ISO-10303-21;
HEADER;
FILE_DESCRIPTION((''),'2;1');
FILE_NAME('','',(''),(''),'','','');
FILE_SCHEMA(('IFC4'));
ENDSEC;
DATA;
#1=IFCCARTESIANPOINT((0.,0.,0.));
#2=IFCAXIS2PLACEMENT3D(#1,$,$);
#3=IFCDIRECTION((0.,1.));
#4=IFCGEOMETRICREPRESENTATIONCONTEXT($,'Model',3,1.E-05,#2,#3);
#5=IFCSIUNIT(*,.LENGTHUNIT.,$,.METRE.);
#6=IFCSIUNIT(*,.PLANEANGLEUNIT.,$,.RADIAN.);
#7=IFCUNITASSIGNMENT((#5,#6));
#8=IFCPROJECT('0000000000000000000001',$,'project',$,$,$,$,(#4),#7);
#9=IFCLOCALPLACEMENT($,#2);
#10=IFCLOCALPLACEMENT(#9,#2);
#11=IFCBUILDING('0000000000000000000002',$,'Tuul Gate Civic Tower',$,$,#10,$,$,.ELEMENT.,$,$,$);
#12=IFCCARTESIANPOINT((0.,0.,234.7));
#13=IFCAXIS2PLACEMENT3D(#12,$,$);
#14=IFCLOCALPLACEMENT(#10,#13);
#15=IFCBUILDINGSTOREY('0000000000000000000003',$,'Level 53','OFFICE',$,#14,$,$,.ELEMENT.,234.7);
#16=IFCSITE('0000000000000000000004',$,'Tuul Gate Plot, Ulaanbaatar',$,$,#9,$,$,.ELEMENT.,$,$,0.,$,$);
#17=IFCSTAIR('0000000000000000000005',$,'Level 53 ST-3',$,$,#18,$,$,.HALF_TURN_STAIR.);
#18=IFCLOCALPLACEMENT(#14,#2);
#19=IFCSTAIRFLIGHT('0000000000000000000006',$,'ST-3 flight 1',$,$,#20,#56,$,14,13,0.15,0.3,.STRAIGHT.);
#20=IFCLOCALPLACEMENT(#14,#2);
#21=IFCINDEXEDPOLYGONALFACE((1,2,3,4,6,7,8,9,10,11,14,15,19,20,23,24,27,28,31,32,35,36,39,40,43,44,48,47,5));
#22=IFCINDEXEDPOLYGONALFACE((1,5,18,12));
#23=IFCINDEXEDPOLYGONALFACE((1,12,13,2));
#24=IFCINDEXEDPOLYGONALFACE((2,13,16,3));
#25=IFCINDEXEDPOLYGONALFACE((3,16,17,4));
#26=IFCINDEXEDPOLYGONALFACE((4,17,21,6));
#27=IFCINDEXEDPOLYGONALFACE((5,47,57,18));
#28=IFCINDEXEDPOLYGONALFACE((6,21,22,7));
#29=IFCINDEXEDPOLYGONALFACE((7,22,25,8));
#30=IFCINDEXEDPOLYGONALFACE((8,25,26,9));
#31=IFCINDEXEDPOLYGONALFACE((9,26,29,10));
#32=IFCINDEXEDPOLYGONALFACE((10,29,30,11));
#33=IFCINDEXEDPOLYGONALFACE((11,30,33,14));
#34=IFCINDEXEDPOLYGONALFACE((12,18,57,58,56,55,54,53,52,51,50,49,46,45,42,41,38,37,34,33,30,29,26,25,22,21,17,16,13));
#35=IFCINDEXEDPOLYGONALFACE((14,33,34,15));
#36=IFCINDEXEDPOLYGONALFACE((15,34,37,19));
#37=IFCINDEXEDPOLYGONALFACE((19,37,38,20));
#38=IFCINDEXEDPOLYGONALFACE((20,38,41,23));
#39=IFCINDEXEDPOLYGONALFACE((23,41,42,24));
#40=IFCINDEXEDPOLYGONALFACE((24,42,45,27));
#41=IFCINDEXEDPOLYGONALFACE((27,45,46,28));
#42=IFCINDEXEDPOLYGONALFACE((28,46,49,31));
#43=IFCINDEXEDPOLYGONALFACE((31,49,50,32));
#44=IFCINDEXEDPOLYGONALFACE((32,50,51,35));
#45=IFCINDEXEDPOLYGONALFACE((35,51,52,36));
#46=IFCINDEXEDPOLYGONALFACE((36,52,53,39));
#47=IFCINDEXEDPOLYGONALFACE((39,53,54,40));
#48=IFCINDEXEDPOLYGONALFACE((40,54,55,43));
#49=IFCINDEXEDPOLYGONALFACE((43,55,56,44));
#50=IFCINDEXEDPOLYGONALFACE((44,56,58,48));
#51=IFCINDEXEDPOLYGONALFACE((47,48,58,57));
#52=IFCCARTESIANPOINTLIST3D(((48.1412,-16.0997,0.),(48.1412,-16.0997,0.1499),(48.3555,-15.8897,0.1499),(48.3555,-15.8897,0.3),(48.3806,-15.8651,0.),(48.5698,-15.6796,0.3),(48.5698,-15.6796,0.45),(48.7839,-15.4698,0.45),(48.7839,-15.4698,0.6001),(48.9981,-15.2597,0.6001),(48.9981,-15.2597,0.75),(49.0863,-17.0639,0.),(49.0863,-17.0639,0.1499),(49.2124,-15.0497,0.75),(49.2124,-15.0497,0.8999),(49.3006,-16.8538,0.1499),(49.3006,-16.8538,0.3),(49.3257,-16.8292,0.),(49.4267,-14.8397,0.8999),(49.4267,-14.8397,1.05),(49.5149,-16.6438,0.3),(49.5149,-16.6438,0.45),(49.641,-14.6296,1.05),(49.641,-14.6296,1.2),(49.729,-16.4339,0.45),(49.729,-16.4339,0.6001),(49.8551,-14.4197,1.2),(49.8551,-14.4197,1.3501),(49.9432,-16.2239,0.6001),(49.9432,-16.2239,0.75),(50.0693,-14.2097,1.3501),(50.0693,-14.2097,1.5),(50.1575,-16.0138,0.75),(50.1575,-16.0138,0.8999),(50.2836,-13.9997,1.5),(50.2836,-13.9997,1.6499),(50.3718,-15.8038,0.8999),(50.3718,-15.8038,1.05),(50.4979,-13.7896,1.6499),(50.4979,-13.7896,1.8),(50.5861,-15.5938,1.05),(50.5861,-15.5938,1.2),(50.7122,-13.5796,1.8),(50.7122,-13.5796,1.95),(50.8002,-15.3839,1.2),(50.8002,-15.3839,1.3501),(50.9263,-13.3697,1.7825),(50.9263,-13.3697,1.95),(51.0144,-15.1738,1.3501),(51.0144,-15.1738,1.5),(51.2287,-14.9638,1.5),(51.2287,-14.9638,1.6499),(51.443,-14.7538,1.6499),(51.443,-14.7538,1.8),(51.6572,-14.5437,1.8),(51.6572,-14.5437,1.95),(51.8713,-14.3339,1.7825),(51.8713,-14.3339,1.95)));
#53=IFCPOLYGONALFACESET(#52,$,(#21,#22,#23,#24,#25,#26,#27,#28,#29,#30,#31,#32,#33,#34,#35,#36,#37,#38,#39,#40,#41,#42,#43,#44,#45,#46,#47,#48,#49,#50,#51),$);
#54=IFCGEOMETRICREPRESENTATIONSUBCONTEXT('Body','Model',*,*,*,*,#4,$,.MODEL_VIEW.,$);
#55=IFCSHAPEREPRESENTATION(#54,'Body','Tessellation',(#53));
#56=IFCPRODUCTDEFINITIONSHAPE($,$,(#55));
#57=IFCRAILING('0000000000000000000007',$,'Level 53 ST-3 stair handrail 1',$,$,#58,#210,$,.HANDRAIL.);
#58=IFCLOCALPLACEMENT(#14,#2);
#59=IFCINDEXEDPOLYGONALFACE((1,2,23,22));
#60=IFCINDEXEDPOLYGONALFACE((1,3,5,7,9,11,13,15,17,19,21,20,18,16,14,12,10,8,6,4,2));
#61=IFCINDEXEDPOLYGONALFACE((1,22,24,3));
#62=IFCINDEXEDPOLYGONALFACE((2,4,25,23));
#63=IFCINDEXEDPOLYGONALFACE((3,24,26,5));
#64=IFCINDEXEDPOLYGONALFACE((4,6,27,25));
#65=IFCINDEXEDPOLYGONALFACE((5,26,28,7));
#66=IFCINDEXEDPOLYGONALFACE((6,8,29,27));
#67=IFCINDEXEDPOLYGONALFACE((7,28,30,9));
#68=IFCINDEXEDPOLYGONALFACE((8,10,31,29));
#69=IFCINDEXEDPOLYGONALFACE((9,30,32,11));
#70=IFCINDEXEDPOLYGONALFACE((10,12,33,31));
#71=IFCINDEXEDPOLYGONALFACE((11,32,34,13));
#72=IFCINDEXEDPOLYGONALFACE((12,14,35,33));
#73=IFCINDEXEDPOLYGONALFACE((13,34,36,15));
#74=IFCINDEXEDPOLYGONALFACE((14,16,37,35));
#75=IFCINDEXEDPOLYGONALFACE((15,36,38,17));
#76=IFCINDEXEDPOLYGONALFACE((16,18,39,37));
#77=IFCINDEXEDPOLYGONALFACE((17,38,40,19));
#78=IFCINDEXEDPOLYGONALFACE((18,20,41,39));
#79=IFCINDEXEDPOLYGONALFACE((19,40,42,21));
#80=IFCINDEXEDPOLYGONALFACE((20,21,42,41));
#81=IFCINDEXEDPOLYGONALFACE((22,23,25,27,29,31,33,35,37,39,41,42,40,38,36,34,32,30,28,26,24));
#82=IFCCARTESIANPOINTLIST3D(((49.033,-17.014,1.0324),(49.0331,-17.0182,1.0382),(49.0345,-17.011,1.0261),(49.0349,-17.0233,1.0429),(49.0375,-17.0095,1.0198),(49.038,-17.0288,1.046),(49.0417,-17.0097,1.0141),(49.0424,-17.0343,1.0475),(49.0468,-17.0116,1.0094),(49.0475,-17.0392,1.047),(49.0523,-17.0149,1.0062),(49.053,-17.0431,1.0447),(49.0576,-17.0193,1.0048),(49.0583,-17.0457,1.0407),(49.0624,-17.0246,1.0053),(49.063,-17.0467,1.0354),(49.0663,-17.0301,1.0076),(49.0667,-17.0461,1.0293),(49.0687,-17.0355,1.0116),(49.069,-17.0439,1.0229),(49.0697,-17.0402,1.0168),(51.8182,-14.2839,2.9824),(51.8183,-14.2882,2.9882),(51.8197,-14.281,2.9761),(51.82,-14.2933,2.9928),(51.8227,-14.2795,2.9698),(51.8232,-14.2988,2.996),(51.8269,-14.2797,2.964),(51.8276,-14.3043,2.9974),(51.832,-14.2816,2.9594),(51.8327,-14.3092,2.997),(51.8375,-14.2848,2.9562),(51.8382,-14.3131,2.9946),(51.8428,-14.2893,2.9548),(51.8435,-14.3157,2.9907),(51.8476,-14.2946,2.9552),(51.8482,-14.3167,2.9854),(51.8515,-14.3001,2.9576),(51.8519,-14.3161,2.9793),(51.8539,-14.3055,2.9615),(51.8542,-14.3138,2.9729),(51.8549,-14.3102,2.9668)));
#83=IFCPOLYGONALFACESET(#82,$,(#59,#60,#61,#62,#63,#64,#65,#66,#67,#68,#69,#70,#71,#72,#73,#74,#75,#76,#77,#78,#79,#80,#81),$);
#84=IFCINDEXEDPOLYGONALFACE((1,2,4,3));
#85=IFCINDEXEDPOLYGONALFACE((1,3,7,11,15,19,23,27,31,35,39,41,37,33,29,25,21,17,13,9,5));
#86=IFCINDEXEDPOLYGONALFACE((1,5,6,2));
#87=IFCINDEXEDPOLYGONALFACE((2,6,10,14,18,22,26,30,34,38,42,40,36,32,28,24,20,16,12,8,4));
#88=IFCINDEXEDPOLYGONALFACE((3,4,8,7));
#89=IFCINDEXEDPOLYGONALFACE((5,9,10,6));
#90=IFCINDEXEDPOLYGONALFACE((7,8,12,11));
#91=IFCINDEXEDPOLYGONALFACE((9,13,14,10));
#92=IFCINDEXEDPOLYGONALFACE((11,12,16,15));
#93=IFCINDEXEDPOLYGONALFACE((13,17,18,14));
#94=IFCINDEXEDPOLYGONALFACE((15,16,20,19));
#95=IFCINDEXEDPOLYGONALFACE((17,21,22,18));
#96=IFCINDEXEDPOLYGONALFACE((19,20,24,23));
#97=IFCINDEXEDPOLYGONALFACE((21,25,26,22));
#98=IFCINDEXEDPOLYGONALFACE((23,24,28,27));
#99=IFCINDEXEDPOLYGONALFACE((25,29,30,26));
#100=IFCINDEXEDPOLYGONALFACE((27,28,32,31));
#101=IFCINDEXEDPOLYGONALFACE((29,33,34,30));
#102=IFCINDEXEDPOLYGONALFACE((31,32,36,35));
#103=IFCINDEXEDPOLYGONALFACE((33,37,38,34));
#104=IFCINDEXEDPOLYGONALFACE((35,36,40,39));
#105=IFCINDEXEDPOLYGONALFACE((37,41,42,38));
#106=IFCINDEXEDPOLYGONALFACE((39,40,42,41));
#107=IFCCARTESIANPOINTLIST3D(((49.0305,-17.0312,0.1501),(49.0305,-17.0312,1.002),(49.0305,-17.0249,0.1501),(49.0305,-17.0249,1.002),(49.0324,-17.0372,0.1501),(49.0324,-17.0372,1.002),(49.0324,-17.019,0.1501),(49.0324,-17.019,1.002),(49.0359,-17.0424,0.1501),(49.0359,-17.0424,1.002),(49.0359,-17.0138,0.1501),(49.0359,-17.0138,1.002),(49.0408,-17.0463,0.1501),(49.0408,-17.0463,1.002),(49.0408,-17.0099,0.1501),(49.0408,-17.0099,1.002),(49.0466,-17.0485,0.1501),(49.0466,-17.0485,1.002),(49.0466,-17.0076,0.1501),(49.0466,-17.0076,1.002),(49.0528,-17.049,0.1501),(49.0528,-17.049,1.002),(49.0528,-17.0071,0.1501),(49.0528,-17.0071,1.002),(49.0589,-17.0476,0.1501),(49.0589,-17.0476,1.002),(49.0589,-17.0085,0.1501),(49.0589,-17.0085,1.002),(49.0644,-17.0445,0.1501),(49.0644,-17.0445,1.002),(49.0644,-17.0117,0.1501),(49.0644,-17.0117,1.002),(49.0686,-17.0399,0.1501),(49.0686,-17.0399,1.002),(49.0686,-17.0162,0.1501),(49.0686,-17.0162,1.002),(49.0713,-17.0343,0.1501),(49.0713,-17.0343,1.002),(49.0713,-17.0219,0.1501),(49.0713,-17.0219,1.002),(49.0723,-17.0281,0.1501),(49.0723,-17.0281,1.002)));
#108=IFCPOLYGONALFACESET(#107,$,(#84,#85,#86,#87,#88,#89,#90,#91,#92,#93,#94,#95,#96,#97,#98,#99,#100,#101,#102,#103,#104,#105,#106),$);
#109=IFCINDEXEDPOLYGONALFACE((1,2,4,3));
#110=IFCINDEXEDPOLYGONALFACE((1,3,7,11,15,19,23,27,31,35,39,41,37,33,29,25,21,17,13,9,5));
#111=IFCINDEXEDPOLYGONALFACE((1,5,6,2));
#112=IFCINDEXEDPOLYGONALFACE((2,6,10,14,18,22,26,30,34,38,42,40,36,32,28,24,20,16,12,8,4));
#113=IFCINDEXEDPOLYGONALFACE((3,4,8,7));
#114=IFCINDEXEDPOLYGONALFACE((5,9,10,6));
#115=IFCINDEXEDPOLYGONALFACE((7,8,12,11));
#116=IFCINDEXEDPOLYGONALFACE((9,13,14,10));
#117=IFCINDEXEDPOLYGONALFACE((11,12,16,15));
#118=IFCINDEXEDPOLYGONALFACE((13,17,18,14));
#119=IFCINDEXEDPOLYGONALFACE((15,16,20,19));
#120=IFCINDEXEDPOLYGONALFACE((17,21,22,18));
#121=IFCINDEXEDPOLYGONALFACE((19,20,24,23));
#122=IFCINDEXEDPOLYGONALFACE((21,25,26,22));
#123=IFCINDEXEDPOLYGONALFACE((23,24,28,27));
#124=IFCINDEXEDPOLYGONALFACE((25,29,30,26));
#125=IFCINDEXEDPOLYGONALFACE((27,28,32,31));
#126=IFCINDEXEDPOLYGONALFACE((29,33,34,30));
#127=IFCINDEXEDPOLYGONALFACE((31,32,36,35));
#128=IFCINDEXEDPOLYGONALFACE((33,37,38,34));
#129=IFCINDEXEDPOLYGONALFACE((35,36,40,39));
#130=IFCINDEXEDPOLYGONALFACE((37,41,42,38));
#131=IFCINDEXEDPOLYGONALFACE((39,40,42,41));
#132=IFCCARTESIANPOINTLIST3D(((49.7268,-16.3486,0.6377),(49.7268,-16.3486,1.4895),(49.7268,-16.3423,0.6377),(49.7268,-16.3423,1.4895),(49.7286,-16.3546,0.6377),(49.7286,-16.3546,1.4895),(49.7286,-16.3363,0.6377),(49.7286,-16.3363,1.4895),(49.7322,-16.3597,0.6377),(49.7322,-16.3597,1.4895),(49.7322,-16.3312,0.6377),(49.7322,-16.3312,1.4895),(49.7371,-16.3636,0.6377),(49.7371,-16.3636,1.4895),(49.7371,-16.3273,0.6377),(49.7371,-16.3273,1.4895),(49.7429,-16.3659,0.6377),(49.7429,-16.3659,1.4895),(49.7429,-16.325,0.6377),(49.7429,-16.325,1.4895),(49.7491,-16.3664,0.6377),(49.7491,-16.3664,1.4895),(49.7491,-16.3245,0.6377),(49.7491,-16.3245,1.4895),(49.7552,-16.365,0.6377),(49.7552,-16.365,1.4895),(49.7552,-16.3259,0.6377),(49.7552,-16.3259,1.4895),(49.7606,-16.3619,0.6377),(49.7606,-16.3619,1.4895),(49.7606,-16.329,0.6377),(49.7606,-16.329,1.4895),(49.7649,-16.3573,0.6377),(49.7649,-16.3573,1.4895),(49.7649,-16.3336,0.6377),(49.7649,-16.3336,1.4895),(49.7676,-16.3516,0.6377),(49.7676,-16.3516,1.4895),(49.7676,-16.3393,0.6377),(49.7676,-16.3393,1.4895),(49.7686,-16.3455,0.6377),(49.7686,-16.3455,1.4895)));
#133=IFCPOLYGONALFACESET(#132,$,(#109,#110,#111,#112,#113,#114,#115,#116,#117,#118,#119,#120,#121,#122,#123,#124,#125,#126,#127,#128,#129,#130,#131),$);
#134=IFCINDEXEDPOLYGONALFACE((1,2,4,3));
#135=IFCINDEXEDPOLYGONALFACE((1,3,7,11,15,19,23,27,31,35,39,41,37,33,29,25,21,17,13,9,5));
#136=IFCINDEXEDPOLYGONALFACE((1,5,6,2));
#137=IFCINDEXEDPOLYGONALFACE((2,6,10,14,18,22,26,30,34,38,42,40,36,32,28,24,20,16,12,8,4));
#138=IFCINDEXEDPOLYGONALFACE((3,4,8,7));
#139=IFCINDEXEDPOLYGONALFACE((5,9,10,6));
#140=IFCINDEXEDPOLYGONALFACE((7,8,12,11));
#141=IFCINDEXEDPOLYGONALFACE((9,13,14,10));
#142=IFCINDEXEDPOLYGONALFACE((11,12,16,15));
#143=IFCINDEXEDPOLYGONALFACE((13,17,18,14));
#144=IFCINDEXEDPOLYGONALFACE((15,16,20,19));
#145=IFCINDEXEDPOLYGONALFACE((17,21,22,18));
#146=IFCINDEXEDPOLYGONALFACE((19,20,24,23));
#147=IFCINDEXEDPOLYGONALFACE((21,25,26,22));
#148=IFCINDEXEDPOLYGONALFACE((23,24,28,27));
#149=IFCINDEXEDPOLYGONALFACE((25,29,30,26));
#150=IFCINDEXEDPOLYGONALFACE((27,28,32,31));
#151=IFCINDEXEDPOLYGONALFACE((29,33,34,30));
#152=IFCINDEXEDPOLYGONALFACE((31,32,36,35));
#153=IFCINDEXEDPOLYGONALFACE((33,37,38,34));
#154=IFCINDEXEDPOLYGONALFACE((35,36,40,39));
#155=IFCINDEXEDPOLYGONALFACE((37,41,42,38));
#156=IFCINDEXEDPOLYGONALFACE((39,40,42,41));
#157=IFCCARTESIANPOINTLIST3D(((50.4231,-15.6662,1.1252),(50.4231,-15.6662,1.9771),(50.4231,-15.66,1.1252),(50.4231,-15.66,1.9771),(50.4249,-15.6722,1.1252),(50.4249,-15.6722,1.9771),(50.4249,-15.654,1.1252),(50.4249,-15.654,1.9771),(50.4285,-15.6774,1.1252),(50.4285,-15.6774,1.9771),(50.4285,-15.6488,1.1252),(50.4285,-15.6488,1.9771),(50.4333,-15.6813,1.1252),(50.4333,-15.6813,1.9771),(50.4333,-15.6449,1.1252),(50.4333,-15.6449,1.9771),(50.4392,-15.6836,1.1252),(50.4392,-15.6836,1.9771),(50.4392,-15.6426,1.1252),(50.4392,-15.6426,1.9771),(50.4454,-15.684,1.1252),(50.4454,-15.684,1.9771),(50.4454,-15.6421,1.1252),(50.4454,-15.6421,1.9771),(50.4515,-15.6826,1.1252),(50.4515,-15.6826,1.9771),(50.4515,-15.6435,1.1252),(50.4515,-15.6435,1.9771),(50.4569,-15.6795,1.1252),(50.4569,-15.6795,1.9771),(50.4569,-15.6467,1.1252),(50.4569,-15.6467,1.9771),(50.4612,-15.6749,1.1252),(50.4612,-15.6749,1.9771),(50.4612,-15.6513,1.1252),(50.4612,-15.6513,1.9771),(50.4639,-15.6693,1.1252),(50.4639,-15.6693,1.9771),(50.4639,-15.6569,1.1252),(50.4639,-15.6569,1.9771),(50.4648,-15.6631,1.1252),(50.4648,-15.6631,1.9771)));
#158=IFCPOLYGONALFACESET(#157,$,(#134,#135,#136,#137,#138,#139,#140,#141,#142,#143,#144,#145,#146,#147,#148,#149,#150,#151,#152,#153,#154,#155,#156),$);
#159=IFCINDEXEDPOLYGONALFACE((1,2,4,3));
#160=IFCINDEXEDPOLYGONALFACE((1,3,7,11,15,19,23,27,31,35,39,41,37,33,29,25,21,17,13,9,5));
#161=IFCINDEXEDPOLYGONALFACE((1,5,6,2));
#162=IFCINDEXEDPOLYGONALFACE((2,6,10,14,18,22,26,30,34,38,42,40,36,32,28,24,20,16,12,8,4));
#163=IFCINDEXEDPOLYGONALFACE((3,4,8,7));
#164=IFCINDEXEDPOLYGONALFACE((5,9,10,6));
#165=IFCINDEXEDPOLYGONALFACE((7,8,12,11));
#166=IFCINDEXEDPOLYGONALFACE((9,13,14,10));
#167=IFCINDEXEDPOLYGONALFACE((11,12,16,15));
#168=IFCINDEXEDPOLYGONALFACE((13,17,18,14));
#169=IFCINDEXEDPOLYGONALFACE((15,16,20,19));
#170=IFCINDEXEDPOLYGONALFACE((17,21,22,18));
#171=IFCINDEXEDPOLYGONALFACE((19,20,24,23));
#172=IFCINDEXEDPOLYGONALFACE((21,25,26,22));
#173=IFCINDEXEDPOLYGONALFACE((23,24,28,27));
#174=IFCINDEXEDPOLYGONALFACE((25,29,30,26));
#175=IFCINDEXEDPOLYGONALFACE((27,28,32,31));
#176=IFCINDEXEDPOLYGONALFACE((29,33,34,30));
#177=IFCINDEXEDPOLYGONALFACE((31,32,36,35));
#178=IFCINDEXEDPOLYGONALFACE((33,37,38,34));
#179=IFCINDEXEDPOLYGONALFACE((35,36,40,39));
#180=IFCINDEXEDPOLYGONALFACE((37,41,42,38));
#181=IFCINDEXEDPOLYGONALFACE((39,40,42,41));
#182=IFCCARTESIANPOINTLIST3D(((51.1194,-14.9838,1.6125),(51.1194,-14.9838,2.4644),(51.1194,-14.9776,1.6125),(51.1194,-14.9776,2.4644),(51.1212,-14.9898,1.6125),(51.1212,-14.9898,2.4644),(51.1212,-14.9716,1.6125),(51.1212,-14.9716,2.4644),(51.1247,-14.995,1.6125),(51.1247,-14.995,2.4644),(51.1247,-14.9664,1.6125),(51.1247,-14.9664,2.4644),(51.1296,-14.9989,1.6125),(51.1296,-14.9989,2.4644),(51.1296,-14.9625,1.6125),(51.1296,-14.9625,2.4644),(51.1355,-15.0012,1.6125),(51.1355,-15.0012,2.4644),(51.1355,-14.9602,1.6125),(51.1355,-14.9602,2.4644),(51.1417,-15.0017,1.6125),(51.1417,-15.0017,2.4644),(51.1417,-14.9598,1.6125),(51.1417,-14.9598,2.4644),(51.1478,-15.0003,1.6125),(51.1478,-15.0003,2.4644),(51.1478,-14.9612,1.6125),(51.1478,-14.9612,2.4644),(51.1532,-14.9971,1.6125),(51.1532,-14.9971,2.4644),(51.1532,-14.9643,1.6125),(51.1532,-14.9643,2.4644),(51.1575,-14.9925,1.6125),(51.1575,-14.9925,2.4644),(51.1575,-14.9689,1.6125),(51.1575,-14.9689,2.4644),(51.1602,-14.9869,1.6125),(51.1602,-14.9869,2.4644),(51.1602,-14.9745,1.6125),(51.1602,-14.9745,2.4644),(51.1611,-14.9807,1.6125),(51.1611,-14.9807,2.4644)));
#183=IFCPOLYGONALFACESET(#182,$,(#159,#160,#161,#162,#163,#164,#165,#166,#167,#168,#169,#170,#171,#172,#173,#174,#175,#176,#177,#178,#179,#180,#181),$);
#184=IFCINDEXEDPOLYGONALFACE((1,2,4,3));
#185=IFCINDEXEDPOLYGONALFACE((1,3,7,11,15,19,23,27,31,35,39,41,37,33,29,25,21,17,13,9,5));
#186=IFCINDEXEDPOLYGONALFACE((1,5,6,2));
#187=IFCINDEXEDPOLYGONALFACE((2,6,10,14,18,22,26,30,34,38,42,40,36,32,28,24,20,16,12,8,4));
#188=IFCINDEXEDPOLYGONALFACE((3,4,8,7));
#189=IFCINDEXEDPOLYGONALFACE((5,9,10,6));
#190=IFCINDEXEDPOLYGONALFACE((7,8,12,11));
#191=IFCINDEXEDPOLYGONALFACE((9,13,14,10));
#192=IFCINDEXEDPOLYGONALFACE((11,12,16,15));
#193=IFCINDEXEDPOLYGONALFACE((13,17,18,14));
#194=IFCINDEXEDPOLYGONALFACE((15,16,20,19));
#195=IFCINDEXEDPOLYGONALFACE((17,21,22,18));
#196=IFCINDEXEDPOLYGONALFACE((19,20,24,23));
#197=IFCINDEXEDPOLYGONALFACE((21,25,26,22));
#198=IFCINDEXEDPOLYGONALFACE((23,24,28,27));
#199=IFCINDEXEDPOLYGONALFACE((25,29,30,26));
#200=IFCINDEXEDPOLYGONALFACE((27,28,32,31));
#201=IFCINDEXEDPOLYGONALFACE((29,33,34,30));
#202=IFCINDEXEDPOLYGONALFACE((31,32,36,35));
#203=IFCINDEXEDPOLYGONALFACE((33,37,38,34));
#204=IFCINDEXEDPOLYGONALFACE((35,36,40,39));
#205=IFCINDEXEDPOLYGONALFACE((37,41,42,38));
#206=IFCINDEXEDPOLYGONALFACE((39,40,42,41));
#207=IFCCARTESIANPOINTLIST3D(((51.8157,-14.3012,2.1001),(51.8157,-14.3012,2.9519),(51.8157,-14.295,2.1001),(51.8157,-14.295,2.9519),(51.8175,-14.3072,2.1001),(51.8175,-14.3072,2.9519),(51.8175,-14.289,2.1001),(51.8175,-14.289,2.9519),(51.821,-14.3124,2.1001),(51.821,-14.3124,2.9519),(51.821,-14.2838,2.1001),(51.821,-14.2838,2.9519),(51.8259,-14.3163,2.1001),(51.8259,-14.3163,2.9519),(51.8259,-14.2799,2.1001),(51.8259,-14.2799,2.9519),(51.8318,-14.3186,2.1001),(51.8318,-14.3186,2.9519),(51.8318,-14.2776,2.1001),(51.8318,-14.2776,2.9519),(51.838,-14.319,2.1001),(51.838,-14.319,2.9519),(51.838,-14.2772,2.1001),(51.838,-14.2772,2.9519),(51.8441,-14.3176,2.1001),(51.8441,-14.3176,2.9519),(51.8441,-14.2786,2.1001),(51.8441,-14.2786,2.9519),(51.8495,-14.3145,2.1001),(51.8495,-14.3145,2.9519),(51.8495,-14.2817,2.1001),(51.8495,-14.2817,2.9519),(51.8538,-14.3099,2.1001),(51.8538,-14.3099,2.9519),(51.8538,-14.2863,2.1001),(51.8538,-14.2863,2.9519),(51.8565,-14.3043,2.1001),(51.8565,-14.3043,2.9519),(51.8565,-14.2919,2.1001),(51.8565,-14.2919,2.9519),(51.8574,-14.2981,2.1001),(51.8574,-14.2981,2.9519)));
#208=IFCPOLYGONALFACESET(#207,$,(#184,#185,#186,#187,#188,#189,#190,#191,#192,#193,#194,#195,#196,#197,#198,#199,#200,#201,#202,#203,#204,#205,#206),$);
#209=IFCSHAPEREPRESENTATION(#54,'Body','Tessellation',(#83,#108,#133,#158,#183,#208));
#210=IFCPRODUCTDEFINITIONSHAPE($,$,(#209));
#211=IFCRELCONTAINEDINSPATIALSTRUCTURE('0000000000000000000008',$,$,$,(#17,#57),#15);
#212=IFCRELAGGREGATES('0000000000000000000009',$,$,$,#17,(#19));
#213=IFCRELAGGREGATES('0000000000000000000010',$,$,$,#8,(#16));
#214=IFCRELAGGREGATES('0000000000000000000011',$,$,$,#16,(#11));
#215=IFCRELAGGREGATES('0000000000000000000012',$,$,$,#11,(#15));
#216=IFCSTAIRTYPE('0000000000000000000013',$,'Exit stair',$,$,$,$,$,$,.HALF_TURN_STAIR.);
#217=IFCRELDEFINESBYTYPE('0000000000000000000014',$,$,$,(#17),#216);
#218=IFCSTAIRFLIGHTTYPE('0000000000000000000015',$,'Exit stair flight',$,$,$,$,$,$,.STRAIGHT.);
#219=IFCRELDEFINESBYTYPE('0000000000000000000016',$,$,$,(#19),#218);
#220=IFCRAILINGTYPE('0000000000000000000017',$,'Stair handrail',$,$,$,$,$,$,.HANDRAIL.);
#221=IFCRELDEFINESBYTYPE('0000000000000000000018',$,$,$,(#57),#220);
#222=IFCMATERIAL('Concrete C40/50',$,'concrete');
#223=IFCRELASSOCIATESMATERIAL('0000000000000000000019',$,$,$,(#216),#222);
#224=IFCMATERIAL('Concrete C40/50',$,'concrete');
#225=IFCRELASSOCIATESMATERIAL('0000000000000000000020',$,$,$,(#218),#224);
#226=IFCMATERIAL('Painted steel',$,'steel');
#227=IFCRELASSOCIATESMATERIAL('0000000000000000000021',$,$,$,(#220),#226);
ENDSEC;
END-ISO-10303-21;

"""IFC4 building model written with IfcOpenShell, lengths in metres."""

from ifc_helpers import new_model, si_unit, direction, frame, origin, origin_2d, place, context, subcontext, project, spatial, polyline, circle, outline, extrude, material, type_object, element, aggregate, save


model = new_model("IFC4")

# Units and contexts
model_context = context("Model", 3, precision=1e-05, world=origin(), true_north=direction((0.0, 1.0)))
body_context = subcontext(model_context, "Body", "Model", "MODEL_VIEW")
ifc_project = project(units=[si_unit("LENGTHUNIT", "METRE"), si_unit("PLANEANGLEUNIT", "RADIAN")], contexts=[model_context])

# Site, building, storey
site_placement = place(None, origin())
site = spatial("IfcSite", under=ifc_project, at=site_placement, Name="Tuul Gate Plot, Ulaanbaatar", CompositionType="ELEMENT", RefElevation=0.0)
building_placement = place(site_placement, origin())
building = spatial("IfcBuilding", under=site, at=building_placement, Name="Tuul Gate Civic Tower", CompositionType="ELEMENT")
storey_placement = place(building_placement, frame((0.0, 0.0, 234.7)))
storey = spatial("IfcBuildingStorey", under=building, at=storey_placement, Name="Level 53", Description="OFFICE", CompositionType="ELEMENT", Elevation=234.7)

# Stair, stair flight
ifc_material_1 = material(Name="Concrete C40/50", Category="concrete")
stair_type = type_object("IfcStairType", Name="Exit stair", PredefinedType="HALF_TURN_STAIR", material=ifc_material_1)
stair_placement = place(storey_placement, origin())
stair = element("IfcStair", 1, at=stair_placement, inside=storey, type_object=stair_type, Name="Level 53 ST-3", PredefinedType="HALF_TURN_STAIR")
ifc_material_2 = material(Name="Concrete C40/50", Category="concrete")
stair_flight_type = type_object("IfcStairFlightType", Name="Exit stair flight", PredefinedType="STRAIGHT", material=ifc_material_2)
stair_flight_placement = place(storey_placement, frame((48.6138, -16.5818, 0.0), z_axis=(0.0, 0.0, 1.0), x_axis=(0.714127, 0.700016, 0.0)))
stair_flight = element("IfcStairFlight", 2, at=stair_flight_placement, type_object=stair_flight_type, Name="ST-3 flight 1", NumberOfRisers=14, NumberOfTreads=13, PredefinedType="STRAIGHT", RiserHeight=0.15, TreadLength=0.3, context=body_context, shape_type="SweptSolid", body=[
    extrude(outline(polyline([(0.0, 0.0), (0.0, 0.1499), (0.3, 0.1499), (0.3, 0.3), (0.6001, 0.3), (0.6001, 0.45), (0.8999, 0.45), (0.8999, 0.6001), (1.2, 0.6001), (1.2, 0.75), (1.5, 0.75), (1.5, 0.8999), (1.8, 0.8999), (1.8, 1.05), (2.1001, 1.05), (2.1001, 1.2), (2.3999, 1.2), (2.3999, 1.3501), (2.7, 1.3501), (2.7, 1.5), (3.0, 1.5), (3.0, 1.6499), (3.3, 1.6499), (3.3, 1.8), (3.6001, 1.8), (3.6001, 1.95), (3.8999, 1.95), (3.8999, 2.1001), (3.8999, 1.7825), (0.3352, 0.0), (0.0, 0.0)])), frame((0.0, 0.675, 0.0), z_axis=(0.0, -1.0, 0.0), x_axis=(1.0, 0.0, 0.0)), (0.0, 0.0, 1.0), 1.3501),
])
aggregate(stair, [stair_flight])

# Railing
ifc_material_3 = material(Name="Painted steel", Category="steel")
railing_type_1 = type_object("IfcRailingType", Name="Stair handrail", PredefinedType="HANDRAIL", material=ifc_material_3)
railing_1_placement = place(storey_placement, frame((49.0513, -17.0281, 0.1501)))
element("IfcRailing", 3, at=railing_1_placement, inside=storey, type_object=railing_type_1, Name="Level 53 ST-3 stair handrail 1", PredefinedType="HANDRAIL", context=body_context, shape_type="SweptSolid", body=[
    extrude(circle(Radius=0.0239, at=origin_2d()), frame((0.0, 0.0, 0.876), z_axis=(0.638754, 0.6261, 0.447206), x_axis=(-0.699998, 0.714145, 0.0)), (0.0, 0.0, 1.0), 4.3604),
    extrude(circle(Radius=0.021, at=origin_2d()), origin(), (0.0, 0.0, 1.0), 0.8518),
    extrude(circle(Radius=0.021, at=origin_2d()), frame((0.6963, 0.6826, 0.4875)), (0.0, 0.0, 1.0), 0.8518),
    extrude(circle(Radius=0.021, at=origin_2d()), frame((1.3926, 1.365, 0.9751)), (0.0, 0.0, 1.0), 0.8518),
    extrude(circle(Radius=0.021, at=origin_2d()), frame((2.0889, 2.0474, 1.4624)), (0.0, 0.0, 1.0), 0.8518),
    extrude(circle(Radius=0.021, at=origin_2d()), frame((2.7852, 2.73, 1.95)), (0.0, 0.0, 1.0), 0.8518),
])

save(model, "model.ifc")
